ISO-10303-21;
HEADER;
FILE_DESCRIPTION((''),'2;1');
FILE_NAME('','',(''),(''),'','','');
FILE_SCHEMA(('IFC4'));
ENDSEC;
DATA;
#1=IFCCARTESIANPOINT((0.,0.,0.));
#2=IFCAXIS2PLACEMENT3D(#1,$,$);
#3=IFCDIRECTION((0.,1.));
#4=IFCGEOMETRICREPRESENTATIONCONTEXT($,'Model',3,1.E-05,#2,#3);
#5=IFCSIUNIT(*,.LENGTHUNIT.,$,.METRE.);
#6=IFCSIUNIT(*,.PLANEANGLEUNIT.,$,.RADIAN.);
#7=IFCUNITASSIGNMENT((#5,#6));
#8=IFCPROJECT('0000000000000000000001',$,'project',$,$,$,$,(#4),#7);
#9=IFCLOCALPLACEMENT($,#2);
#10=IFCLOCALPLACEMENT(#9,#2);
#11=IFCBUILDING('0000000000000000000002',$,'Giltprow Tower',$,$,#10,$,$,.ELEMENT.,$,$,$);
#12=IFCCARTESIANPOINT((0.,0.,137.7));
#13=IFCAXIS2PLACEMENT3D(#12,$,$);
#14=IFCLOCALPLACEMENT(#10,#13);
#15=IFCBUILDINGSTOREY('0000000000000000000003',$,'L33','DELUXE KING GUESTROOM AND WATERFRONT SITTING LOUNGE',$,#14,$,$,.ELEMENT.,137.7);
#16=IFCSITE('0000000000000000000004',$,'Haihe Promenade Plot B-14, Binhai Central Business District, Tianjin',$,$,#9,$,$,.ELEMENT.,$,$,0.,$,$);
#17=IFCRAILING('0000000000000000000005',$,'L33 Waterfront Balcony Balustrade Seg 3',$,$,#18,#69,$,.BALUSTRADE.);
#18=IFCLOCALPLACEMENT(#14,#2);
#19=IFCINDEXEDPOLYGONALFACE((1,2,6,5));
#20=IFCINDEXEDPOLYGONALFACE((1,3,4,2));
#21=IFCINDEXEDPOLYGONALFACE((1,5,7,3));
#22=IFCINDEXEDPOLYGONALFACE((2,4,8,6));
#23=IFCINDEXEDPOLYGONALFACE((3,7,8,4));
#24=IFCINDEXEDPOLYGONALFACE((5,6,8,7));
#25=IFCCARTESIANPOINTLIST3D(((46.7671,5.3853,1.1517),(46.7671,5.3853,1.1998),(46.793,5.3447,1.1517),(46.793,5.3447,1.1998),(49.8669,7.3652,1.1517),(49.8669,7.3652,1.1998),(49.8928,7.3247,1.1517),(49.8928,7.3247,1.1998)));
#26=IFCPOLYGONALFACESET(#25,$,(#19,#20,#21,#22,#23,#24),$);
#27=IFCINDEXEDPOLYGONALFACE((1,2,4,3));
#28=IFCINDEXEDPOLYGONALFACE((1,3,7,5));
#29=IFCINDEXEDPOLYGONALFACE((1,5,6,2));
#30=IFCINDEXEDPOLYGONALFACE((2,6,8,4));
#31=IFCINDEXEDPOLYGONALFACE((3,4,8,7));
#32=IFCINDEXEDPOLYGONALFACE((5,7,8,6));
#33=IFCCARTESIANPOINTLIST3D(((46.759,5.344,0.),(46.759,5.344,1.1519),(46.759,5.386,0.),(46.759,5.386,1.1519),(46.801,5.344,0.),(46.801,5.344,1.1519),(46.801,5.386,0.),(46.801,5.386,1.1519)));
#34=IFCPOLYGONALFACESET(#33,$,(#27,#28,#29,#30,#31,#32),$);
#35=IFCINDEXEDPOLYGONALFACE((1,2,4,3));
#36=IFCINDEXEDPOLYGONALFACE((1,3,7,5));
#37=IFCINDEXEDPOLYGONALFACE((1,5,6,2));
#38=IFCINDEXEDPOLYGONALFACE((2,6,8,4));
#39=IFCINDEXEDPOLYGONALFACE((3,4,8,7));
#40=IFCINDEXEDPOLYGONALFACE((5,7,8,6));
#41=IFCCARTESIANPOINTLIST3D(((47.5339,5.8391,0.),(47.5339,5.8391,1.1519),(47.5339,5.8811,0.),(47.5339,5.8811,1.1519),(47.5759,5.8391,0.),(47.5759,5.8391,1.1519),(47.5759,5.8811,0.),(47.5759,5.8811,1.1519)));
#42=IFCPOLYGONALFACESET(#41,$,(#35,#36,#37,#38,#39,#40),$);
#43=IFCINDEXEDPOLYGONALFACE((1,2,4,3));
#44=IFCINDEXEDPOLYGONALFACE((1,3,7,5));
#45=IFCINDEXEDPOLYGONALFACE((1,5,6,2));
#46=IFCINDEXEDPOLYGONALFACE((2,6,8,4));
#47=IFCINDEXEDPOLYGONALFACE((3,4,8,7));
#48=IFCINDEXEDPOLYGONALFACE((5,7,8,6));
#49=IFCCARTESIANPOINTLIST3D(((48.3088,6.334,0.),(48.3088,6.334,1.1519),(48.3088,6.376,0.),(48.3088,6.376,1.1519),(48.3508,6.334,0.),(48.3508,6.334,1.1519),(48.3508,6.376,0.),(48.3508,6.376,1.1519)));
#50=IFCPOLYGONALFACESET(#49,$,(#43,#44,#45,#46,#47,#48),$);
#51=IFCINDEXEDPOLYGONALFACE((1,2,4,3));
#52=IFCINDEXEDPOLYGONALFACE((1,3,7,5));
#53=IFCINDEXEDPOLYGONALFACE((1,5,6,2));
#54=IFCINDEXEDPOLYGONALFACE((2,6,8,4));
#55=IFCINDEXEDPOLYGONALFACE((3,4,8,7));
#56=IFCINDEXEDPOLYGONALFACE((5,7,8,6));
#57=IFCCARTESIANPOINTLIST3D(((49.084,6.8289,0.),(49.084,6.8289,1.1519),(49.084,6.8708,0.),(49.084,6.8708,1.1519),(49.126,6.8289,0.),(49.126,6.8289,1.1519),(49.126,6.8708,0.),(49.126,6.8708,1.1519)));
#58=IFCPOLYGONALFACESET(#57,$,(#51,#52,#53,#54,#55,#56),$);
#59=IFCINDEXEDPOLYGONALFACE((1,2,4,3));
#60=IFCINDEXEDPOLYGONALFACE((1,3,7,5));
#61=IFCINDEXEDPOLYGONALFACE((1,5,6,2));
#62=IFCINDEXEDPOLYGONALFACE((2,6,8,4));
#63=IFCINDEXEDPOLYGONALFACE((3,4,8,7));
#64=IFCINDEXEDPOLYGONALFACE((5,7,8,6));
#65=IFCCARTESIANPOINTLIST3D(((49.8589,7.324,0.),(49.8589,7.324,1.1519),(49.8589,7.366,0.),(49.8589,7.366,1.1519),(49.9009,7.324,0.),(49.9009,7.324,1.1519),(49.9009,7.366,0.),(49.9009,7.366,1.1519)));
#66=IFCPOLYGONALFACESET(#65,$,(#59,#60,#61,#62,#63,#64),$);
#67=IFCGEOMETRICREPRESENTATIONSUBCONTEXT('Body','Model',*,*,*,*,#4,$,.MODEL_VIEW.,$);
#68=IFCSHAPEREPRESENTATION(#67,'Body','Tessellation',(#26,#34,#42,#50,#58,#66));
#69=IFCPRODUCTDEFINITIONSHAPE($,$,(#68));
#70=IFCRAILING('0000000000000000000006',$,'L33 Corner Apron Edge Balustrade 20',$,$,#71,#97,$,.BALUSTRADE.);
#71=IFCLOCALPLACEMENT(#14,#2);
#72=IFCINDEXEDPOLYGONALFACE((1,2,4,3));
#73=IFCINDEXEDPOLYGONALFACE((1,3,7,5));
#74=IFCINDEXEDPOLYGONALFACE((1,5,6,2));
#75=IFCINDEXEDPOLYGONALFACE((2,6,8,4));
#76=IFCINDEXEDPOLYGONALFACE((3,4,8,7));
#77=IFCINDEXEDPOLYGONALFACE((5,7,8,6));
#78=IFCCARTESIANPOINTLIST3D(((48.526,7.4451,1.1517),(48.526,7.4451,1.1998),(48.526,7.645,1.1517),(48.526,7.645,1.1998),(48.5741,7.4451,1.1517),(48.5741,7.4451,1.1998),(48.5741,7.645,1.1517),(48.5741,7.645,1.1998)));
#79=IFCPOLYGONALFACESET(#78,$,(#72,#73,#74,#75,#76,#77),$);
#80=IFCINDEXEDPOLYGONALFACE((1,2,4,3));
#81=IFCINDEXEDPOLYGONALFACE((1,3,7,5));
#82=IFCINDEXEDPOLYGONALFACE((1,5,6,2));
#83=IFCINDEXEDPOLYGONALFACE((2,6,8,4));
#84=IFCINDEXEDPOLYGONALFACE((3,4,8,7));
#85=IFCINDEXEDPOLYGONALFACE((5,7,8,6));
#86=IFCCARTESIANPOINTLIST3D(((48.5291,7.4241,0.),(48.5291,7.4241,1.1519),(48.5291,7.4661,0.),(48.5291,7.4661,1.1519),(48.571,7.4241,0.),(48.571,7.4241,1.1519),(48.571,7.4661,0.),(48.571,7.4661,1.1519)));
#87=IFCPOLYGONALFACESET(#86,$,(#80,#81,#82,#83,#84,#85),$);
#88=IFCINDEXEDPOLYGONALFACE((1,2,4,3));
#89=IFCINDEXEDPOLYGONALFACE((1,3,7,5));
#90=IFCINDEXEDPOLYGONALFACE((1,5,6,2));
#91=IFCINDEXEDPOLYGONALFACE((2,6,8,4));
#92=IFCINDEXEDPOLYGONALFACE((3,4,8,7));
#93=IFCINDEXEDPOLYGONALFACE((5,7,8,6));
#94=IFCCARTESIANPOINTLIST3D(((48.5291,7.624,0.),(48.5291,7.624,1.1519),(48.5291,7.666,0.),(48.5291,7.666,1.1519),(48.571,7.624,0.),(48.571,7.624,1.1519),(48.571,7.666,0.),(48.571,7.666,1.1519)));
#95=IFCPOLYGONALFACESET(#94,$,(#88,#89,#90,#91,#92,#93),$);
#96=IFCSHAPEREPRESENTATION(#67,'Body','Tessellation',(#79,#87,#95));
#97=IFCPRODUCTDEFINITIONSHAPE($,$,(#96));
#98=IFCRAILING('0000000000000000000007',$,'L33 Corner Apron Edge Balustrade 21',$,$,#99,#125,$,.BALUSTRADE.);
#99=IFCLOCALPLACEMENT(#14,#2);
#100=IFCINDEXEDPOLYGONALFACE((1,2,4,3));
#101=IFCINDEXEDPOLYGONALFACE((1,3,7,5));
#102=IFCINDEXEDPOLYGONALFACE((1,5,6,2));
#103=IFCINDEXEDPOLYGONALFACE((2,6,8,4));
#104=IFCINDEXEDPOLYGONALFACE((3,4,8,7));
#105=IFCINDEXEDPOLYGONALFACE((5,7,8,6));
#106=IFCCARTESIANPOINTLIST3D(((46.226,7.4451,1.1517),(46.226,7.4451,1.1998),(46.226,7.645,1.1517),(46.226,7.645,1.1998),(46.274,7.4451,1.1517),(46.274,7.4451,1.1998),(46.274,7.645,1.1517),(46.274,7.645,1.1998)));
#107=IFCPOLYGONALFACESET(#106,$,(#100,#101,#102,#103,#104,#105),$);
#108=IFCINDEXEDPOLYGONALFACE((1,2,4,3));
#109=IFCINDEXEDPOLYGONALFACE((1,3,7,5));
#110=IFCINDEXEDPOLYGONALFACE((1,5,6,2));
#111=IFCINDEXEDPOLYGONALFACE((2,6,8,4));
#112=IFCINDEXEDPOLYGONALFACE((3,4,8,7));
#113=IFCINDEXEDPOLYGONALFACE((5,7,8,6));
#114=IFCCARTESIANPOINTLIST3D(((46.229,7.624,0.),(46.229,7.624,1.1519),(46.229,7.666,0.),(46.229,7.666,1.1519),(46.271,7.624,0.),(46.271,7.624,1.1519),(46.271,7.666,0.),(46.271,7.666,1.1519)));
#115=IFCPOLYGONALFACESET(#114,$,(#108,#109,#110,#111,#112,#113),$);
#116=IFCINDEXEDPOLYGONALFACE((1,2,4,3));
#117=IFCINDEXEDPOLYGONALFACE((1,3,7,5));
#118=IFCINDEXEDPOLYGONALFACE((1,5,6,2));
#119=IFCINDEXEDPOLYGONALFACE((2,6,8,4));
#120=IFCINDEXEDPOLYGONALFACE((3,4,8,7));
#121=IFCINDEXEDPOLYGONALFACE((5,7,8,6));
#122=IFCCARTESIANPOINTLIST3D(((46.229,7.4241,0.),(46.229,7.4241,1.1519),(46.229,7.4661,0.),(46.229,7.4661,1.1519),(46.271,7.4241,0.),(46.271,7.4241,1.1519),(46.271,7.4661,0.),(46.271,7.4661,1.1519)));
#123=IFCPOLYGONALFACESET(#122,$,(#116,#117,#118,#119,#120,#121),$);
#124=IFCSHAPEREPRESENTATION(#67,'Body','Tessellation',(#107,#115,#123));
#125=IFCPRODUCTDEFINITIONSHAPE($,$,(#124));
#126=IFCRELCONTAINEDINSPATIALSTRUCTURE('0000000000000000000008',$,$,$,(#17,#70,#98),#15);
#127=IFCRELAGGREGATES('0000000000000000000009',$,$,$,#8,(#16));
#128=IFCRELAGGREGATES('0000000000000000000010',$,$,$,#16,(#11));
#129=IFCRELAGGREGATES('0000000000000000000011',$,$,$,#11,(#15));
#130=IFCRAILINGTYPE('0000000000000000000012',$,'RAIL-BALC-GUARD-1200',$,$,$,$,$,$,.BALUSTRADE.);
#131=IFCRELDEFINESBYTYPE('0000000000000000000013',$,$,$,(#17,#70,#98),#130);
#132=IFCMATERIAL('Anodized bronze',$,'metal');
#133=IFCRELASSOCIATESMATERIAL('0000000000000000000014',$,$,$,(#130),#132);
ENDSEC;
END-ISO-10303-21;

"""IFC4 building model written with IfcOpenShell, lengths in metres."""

from ifc_helpers import new_model, si_unit, direction, frame, origin, origin_2d, place, context, subcontext, project, spatial, rectangle, extrude, material, type_object, element, save


model = new_model("IFC4")

# Units and contexts
model_context = context("Model", 3, precision=1e-05, world=origin(), true_north=direction((0.0, 1.0)))
body_context = subcontext(model_context, "Body", "Model", "MODEL_VIEW")
ifc_project = project(units=[si_unit("LENGTHUNIT", "METRE"), si_unit("PLANEANGLEUNIT", "RADIAN")], contexts=[model_context])

# Site, building, storey
site_placement = place(None, origin())
site = spatial("IfcSite", under=ifc_project, at=site_placement, Name="Haihe Promenade Plot B-14, Binhai Central Business District, Tianjin", CompositionType="ELEMENT", RefElevation=0.0)
building_placement = place(site_placement, origin())
building = spatial("IfcBuilding", under=site, at=building_placement, Name="Giltprow Tower", CompositionType="ELEMENT")
storey_placement = place(building_placement, frame((0.0, 0.0, 137.7)))
storey = spatial("IfcBuildingStorey", under=building, at=storey_placement, Name="L33", Description="DELUXE KING GUESTROOM AND WATERFRONT SITTING LOUNGE", CompositionType="ELEMENT", Elevation=137.7)

# Shared definitions
ifc_material_1 = material(Name="Anodized bronze", Category="metal")

# Railings
railing_type = type_object("IfcRailingType", Name="RAIL-BALC-GUARD-1200", PredefinedType="BALUSTRADE", material=ifc_material_1)
railing_1_placement = place(storey_placement, frame((46.78, 5.365, 0.0)))
element("IfcRailing", 1, at=railing_1_placement, inside=storey, type_object=railing_type, Name="L33 Waterfront Balcony Balustrade Seg 3", PredefinedType="BALUSTRADE", context=body_context, shape_type="SweptSolid", body=[
    extrude(rectangle(XDim=0.0481, YDim=0.0481, at=origin_2d()), frame((0.0, 0.0, 1.1758), z_axis=(0.842756, 0.538296, 0.0), x_axis=(-0.538296, 0.842756, 0.0)), (0.0, 0.0, 1.0), 3.6782),
    extrude(rectangle(XDim=0.042, YDim=0.042, at=origin_2d()), origin(), (0.0, 0.0, 1.0), 1.1519),
    extrude(rectangle(XDim=0.042, YDim=0.042, at=origin_2d()), frame((0.7749, 0.4951, 0.0)), (0.0, 0.0, 1.0), 1.1519),
    extrude(rectangle(XDim=0.042, YDim=0.042, at=origin_2d()), frame((1.5498, 0.99, 0.0)), (0.0, 0.0, 1.0), 1.1519),
    extrude(rectangle(XDim=0.042, YDim=0.042, at=origin_2d()), frame((2.325, 1.4849, 0.0)), (0.0, 0.0, 1.0), 1.1519),
    extrude(rectangle(XDim=0.042, YDim=0.042, at=origin_2d()), frame((3.0999, 1.98, 0.0)), (0.0, 0.0, 1.0), 1.1519),
])
railing_2_placement = place(storey_placement, frame((48.55, 7.4451, 0.0)))
element("IfcRailing", 2, at=railing_2_placement, inside=storey, type_object=railing_type, Name="L33 Corner Apron Edge Balustrade 20", PredefinedType="BALUSTRADE", context=body_context, shape_type="SweptSolid", body=[
    extrude(rectangle(XDim=0.0481, YDim=0.0481, at=origin_2d()), frame((0.0, 0.0, 1.1758), z_axis=(0.0, 1.0, 0.0), x_axis=(-1.0, 0.0, 0.0)), (0.0, 0.0, 1.0), 0.2),
    extrude(rectangle(XDim=0.042, YDim=0.042, at=origin_2d()), origin(), (0.0, 0.0, 1.0), 1.1519),
    extrude(rectangle(XDim=0.042, YDim=0.042, at=origin_2d()), frame((0.0, 0.2, 0.0)), (0.0, 0.0, 1.0), 1.1519),
])
railing_3_placement = place(storey_placement, frame((46.25, 7.645, 0.0)))
element("IfcRailing", 3, at=railing_3_placement, inside=storey, type_object=railing_type, Name="L33 Corner Apron Edge Balustrade 21", PredefinedType="BALUSTRADE", context=body_context, shape_type="SweptSolid", body=[
    extrude(rectangle(XDim=0.0481, YDim=0.0481, at=origin_2d()), frame((0.0, 0.0, 1.1758), z_axis=(0.0, -1.0, 0.0), x_axis=(1.0, 0.0, 0.0)), (0.0, 0.0, 1.0), 0.2),
    extrude(rectangle(XDim=0.042, YDim=0.042, at=origin_2d()), origin(), (0.0, 0.0, 1.0), 1.1519),
    extrude(rectangle(XDim=0.042, YDim=0.042, at=origin_2d()), frame((0.0, -0.2, 0.0)), (0.0, 0.0, 1.0), 1.1519),
])

save(model, "model.ifc")
